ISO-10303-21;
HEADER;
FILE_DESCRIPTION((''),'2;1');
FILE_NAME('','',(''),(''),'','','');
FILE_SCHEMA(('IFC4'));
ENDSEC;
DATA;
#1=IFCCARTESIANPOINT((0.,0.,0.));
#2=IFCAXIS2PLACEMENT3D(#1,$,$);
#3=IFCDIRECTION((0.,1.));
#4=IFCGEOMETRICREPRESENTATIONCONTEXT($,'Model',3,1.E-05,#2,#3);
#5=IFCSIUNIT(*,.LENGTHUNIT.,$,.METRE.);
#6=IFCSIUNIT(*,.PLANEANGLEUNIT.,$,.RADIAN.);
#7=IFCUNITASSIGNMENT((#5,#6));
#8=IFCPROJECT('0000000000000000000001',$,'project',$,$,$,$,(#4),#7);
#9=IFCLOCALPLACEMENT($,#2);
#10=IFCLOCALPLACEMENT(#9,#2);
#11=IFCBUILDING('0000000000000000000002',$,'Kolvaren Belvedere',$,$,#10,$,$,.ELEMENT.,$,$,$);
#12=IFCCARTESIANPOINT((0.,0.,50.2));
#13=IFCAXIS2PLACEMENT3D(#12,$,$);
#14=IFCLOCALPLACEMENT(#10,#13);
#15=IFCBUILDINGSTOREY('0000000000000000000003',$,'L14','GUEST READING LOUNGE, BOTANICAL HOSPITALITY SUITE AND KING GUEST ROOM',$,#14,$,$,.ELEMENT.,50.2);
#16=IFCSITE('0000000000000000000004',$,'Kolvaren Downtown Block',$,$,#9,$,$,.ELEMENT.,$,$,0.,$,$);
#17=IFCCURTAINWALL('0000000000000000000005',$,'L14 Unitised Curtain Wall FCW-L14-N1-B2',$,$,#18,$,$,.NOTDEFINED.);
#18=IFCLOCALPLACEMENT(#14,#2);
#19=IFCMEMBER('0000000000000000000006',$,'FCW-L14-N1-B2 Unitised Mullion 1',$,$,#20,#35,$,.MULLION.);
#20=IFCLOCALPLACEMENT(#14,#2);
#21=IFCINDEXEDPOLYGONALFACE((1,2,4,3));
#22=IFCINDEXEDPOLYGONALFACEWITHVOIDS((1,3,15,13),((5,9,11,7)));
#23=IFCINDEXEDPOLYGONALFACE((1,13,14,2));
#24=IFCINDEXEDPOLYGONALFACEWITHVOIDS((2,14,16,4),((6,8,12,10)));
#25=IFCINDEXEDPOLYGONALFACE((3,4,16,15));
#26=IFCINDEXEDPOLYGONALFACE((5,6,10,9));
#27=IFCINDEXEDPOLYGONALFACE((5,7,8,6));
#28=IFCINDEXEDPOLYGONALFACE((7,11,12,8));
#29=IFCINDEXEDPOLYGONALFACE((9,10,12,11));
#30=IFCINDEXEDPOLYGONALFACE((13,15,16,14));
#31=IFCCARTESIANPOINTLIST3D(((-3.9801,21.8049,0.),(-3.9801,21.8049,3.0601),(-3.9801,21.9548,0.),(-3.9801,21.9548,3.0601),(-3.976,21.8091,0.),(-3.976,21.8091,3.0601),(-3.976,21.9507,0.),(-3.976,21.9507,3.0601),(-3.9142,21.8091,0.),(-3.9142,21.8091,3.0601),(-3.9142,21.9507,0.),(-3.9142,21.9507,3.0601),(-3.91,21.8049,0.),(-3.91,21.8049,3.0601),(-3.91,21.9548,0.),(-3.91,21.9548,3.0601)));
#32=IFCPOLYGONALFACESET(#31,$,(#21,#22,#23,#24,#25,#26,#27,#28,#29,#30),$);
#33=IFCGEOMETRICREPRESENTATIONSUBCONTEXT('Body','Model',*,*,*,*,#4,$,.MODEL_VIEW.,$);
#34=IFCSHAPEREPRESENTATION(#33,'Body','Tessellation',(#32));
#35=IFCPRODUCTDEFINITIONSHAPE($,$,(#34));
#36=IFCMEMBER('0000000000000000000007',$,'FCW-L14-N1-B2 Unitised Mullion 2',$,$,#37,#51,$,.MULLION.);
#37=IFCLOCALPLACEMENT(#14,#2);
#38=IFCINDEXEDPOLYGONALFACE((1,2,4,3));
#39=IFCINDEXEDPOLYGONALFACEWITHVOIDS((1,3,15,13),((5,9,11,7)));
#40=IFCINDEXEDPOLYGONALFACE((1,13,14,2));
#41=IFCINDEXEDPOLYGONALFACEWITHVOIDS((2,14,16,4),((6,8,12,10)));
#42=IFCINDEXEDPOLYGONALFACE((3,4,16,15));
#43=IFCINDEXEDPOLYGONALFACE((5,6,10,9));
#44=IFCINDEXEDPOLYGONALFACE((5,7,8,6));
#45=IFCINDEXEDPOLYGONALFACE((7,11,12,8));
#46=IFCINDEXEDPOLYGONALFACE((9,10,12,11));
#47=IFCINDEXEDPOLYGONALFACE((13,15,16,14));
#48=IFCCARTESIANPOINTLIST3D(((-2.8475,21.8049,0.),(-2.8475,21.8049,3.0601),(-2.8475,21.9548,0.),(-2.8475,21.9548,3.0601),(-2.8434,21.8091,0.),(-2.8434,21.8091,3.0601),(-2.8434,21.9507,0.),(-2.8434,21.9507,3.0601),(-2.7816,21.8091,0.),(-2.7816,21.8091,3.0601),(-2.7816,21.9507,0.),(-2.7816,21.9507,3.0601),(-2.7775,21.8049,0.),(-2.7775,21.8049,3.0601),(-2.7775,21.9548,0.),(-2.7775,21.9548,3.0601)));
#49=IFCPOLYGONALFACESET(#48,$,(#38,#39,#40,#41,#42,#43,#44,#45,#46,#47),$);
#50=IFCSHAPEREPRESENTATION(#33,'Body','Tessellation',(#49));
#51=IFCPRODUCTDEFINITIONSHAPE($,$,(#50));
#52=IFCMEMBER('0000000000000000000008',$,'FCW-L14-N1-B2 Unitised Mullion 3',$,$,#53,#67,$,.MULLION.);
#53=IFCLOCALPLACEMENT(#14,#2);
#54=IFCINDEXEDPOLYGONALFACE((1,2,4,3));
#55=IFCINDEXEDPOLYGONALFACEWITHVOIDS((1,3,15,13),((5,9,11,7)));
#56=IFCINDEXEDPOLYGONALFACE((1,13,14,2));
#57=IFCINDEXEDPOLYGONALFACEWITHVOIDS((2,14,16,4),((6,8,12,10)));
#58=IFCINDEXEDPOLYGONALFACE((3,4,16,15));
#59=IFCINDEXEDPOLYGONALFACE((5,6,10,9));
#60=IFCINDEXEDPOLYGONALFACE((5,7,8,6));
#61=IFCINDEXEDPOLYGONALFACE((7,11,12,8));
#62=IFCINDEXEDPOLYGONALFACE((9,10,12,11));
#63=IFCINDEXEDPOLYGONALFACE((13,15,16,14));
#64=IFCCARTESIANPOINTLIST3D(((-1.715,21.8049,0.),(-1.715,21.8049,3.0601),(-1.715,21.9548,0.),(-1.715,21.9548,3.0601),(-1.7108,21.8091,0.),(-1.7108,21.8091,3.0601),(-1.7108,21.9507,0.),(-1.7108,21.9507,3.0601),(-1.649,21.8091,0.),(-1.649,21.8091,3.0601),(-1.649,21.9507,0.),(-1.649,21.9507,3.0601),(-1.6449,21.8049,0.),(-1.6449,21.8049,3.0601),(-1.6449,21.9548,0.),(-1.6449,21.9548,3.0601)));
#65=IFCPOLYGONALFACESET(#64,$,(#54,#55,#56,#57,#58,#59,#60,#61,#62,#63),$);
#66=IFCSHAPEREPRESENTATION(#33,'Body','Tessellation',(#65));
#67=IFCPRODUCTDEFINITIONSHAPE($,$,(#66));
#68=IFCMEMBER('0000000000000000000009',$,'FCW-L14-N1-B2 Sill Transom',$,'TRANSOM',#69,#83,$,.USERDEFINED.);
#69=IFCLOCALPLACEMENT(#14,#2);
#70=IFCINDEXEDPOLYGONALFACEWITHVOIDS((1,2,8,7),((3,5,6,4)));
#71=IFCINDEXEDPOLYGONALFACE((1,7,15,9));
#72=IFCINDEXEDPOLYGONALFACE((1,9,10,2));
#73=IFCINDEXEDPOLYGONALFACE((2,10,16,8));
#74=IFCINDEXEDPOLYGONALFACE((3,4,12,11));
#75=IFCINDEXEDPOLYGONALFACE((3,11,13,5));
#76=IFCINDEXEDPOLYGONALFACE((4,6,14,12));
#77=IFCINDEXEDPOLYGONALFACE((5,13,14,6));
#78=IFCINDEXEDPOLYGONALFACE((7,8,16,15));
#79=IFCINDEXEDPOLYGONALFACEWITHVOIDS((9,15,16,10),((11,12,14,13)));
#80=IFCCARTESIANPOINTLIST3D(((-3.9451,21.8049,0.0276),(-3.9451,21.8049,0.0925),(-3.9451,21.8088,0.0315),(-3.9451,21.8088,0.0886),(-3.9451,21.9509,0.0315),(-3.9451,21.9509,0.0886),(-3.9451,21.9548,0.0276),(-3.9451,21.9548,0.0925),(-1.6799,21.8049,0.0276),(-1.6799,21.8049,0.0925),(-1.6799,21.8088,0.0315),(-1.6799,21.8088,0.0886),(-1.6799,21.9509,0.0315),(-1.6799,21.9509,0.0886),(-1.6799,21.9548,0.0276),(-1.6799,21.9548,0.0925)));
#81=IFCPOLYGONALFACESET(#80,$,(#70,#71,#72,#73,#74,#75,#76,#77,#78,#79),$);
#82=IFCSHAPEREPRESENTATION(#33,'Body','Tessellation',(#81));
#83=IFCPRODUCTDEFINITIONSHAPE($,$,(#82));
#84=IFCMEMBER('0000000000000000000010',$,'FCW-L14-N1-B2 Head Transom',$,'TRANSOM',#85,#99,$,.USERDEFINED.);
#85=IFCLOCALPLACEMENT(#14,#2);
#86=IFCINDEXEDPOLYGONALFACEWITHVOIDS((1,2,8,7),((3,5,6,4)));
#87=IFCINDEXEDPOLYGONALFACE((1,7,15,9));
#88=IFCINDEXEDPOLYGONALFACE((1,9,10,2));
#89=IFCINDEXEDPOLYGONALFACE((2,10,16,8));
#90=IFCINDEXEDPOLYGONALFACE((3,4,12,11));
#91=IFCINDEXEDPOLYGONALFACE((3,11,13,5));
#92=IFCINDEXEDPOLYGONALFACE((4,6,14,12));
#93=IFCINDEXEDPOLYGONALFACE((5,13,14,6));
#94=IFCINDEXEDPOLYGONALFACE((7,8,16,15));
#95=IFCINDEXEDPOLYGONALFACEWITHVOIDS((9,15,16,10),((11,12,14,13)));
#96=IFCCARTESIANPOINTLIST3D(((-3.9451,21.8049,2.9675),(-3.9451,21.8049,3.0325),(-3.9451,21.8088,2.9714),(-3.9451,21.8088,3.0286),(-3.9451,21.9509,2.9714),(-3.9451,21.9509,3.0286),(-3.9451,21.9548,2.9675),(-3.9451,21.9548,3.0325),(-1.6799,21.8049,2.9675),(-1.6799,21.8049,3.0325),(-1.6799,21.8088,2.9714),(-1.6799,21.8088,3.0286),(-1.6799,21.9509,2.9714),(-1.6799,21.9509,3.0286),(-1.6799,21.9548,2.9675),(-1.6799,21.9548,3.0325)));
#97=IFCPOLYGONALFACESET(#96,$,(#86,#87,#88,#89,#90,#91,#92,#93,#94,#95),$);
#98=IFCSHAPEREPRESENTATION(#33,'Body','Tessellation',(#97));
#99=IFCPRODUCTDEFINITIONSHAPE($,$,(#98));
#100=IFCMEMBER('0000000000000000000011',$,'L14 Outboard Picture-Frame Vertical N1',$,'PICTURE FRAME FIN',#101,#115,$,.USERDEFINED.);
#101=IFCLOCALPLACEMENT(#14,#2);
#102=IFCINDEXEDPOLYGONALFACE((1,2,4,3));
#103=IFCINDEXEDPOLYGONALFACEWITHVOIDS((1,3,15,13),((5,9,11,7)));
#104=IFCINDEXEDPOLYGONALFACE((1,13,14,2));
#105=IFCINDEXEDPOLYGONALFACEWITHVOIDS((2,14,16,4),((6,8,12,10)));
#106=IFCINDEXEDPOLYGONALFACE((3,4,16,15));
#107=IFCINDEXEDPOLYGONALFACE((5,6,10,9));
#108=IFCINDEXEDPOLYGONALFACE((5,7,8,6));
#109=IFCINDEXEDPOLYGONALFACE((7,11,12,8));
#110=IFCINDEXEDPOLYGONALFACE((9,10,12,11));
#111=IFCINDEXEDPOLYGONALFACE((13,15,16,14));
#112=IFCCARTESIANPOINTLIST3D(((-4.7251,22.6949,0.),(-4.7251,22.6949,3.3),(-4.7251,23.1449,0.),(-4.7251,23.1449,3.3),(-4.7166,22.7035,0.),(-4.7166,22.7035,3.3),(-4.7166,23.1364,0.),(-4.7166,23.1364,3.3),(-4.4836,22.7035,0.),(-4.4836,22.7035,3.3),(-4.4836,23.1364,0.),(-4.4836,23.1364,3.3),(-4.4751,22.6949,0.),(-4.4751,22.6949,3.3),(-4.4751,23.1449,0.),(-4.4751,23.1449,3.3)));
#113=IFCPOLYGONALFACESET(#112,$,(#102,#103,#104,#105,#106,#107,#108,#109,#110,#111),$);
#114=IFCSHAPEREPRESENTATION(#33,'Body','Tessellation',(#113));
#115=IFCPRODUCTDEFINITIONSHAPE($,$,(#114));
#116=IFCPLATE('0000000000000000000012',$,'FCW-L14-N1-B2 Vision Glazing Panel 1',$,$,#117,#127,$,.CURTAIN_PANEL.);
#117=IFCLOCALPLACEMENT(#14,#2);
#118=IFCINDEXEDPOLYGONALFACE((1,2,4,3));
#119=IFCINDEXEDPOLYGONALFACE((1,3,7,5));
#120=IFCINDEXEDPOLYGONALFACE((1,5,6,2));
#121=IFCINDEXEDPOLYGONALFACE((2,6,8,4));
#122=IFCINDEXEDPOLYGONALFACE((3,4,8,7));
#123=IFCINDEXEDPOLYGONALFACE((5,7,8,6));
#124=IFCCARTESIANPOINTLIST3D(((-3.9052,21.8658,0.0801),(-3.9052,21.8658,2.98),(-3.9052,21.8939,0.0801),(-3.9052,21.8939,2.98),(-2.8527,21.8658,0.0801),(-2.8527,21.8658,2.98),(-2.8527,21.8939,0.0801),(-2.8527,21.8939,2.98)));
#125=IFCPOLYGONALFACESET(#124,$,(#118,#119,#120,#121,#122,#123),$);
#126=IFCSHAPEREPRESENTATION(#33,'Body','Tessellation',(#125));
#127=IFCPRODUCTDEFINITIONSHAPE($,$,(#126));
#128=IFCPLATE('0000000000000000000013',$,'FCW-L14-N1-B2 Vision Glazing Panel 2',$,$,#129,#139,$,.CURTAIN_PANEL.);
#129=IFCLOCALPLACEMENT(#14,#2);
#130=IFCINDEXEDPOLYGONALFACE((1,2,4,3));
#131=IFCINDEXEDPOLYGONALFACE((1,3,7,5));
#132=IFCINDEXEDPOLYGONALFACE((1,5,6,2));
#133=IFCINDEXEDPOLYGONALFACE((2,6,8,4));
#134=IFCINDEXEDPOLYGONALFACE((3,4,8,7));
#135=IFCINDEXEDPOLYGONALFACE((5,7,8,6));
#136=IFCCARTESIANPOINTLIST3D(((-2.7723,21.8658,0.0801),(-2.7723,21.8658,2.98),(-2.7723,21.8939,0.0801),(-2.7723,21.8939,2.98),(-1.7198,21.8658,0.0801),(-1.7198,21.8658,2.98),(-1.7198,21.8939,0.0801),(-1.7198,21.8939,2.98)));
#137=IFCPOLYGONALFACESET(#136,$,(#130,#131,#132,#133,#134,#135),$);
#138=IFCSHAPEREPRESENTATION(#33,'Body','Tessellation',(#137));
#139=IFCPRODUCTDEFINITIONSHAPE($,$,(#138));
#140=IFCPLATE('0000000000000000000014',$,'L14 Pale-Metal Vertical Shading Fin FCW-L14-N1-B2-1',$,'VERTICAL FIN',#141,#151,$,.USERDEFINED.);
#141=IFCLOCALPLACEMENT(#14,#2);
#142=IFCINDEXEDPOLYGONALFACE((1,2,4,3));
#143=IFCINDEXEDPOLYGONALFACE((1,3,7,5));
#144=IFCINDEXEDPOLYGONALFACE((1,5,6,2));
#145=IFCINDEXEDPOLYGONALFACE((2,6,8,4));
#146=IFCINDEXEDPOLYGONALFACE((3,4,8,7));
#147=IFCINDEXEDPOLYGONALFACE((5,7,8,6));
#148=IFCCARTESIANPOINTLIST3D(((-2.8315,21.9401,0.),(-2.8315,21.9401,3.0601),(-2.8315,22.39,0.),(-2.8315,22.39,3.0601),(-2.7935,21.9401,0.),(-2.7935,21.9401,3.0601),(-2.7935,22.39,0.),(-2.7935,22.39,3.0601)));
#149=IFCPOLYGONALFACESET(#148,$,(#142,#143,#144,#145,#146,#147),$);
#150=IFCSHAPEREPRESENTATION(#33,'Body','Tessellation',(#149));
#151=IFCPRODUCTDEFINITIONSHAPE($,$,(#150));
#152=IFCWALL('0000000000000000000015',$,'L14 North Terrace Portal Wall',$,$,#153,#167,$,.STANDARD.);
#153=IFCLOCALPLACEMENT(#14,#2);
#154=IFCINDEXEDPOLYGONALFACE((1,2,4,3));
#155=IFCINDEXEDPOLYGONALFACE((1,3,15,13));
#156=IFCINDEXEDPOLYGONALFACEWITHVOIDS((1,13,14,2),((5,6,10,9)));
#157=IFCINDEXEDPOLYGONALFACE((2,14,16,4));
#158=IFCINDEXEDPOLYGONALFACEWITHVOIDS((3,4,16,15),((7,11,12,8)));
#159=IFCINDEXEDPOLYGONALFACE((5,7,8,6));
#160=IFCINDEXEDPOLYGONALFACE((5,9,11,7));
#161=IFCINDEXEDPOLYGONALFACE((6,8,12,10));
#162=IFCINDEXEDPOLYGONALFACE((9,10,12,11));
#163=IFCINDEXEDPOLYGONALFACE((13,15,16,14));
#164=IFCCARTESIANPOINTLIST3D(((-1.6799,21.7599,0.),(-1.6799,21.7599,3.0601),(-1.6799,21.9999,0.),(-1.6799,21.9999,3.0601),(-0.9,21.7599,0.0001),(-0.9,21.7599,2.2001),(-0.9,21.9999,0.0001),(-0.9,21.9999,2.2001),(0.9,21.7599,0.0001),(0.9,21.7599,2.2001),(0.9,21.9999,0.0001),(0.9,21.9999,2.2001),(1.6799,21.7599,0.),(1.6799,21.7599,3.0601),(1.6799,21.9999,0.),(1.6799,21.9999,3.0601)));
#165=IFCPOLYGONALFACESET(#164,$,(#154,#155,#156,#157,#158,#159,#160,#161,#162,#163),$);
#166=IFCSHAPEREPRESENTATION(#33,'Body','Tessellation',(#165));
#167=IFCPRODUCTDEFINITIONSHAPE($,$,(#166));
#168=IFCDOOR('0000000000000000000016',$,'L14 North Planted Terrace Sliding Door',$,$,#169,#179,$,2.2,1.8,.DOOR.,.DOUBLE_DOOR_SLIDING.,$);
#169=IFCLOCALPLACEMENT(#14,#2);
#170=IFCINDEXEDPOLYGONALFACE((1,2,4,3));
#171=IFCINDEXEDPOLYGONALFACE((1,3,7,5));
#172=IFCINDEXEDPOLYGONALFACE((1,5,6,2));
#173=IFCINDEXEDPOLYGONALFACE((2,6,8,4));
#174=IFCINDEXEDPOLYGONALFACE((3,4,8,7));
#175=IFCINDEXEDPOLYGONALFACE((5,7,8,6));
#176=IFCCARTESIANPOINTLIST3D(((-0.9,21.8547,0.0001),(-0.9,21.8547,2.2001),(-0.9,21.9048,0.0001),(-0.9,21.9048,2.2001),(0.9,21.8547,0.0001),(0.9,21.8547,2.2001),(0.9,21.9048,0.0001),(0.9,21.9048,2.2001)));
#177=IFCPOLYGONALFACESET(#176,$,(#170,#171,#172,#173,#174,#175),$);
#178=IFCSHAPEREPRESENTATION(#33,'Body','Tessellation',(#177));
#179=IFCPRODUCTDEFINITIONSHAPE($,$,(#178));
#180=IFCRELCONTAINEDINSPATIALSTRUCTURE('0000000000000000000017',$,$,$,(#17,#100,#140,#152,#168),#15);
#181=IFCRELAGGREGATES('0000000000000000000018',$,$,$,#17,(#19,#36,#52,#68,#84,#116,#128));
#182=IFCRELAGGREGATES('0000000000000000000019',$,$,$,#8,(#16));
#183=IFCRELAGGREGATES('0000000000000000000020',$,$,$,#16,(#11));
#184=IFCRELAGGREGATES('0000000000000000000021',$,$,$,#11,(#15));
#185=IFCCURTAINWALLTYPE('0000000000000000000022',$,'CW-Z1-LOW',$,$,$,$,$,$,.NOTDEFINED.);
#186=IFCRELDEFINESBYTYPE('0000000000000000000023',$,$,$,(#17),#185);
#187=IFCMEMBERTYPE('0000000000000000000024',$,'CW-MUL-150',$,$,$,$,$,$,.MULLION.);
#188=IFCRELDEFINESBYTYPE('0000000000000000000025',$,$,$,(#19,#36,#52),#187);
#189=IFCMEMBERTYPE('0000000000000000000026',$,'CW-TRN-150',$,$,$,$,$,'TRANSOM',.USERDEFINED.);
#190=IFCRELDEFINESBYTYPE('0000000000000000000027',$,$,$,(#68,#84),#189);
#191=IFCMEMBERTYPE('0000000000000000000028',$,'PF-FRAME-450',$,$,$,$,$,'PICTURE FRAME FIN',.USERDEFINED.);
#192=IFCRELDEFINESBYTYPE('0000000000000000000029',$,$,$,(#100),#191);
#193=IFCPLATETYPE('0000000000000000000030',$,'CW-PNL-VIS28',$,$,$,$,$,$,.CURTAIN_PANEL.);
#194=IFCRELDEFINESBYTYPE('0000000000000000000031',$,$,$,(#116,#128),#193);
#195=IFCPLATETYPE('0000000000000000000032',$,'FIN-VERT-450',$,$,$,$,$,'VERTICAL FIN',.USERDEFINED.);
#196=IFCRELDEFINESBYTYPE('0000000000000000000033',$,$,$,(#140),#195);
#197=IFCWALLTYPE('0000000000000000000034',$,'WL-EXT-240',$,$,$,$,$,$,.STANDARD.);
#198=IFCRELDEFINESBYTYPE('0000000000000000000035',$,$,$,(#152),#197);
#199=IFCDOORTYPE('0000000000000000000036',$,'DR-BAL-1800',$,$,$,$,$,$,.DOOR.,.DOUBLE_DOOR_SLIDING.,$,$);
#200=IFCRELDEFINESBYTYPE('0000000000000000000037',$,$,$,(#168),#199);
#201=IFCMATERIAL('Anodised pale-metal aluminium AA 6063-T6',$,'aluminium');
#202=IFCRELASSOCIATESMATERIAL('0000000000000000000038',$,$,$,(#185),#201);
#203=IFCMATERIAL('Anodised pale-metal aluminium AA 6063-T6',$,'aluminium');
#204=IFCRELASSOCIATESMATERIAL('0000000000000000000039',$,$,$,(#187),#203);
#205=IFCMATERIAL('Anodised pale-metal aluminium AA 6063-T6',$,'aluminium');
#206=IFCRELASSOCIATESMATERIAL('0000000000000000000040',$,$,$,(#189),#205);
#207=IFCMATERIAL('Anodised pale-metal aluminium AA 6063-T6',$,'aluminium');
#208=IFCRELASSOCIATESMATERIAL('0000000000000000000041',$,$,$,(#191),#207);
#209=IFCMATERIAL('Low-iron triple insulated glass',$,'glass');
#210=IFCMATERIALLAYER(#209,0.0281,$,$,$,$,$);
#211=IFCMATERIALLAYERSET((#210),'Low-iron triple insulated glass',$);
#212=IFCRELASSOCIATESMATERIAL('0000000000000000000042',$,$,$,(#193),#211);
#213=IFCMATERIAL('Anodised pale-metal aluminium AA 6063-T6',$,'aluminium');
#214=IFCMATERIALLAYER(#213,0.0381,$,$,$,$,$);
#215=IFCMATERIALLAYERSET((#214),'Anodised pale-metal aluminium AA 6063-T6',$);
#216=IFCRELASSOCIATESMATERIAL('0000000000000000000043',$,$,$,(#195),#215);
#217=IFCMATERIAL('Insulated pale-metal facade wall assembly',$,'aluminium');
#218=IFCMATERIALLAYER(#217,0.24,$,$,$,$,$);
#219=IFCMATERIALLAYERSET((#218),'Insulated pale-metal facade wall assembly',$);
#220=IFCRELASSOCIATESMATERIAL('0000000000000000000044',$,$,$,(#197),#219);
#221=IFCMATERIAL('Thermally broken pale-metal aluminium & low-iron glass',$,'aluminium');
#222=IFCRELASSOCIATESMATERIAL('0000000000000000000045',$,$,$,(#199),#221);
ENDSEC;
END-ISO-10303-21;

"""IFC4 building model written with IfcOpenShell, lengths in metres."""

from ifc_helpers import new_model, si_unit, direction, frame, frame_2d, origin, origin_2d, place, context, subcontext, project, spatial, rectangle, hollow_rectangle, extrude, material, layer, layer_set, material_profile, profile_set, type_object, element, fill, aggregate, save


model = new_model("IFC4")

# Units and contexts
model_context = context("Model", 3, precision=1e-05, world=origin(), true_north=direction((0.0, 1.0)))
body_context = subcontext(model_context, "Body", "Model", "MODEL_VIEW")
ifc_project = project(units=[si_unit("LENGTHUNIT", "METRE"), si_unit("PLANEANGLEUNIT", "RADIAN")], contexts=[model_context])

# Site, building, storey
site_placement = place(None, origin())
site = spatial("IfcSite", under=ifc_project, at=site_placement, Name="Kolvaren Downtown Block", CompositionType="ELEMENT", RefElevation=0.0)
building_placement = place(site_placement, origin())
building = spatial("IfcBuilding", under=site, at=building_placement, Name="Kolvaren Belvedere", CompositionType="ELEMENT")
storey_placement = place(building_placement, frame((0.0, 0.0, 50.2)))
storey = spatial("IfcBuildingStorey", under=building, at=storey_placement, Name="L14", Description="GUEST READING LOUNGE, BOTANICAL HOSPITALITY SUITE AND KING GUEST ROOM", CompositionType="ELEMENT", Elevation=50.2)

# Shared definitions
ifc_material_1 = material(Name="Anodised pale-metal aluminium AA 6063-T6", Category="aluminium")
curtain_wall_type = type_object("IfcCurtainWallType", Name="CW-Z1-LOW", PredefinedType="NOTDEFINED", material=ifc_material_1)
ifc_material_2 = material(Name="Anodised pale-metal aluminium AA 6063-T6", Category="aluminium")
ifc_material_profile_1 = material_profile(ifc_material_2, hollow_rectangle(XDim=0.0701, YDim=0.1499, WallThickness=0.0042, at=origin_2d()), Name="ALU-MUL-150X70")
ifc_profile_set_1 = profile_set([ifc_material_profile_1], Name="Anodised pale-metal aluminium AA 6063-T6")
member_type_1 = type_object("IfcMemberType", Name="CW-MUL-150", PredefinedType="MULLION", material=ifc_profile_set_1)

# Curtain wall, members
curtain_wall_1_placement = place(storey_placement, origin())
curtain_wall_1 = element("IfcCurtainWall", 1, at=curtain_wall_1_placement, inside=storey, type_object=curtain_wall_type, Name="L14 Unitised Curtain Wall FCW-L14-N1-B2", PredefinedType="NOTDEFINED")
member_1_placement = place(storey_placement, frame((-3.9451, 21.8799, 0.0), z_axis=(0.0, 0.0, 1.0), x_axis=(1.0, 0.0, 0.0)))
member_1 = element("IfcMember", 2, at=member_1_placement, type_object=member_type_1, Name="FCW-L14-N1-B2 Unitised Mullion 1", PredefinedType="MULLION", context=body_context, shape_type="SweptSolid", body=[
    extrude(hollow_rectangle(XDim=0.0701, YDim=0.1499, WallThickness=0.0042, at=origin_2d()), origin(), (0.0, 0.0, 1.0), 3.0601),
])
member_2_placement = place(storey_placement, frame((-2.8125, 21.8799, 0.0), z_axis=(0.0, 0.0, 1.0), x_axis=(1.0, 0.0, 0.0)))
member_2 = element("IfcMember", 3, at=member_2_placement, type_object=member_type_1, Name="FCW-L14-N1-B2 Unitised Mullion 2", PredefinedType="MULLION", context=body_context, shape_type="SweptSolid", body=[
    extrude(hollow_rectangle(XDim=0.0701, YDim=0.1499, WallThickness=0.0042, at=origin_2d()), origin(), (0.0, 0.0, 1.0), 3.0601),
])
member_3_placement = place(storey_placement, frame((-1.6799, 21.8799, 0.0), z_axis=(0.0, 0.0, 1.0), x_axis=(1.0, 0.0, 0.0)))
member_3 = element("IfcMember", 4, at=member_3_placement, type_object=member_type_1, Name="FCW-L14-N1-B2 Unitised Mullion 3", PredefinedType="MULLION", context=body_context, shape_type="SweptSolid", body=[
    extrude(hollow_rectangle(XDim=0.0701, YDim=0.1499, WallThickness=0.0042, at=origin_2d()), origin(), (0.0, 0.0, 1.0), 3.0601),
])
ifc_material_3 = material(Name="Anodised pale-metal aluminium AA 6063-T6", Category="aluminium")
ifc_material_profile_2 = material_profile(ifc_material_3, hollow_rectangle(XDim=0.0649, YDim=0.1499, WallThickness=0.0039, at=origin_2d()), Name="ALU-TRN-150X65")
ifc_profile_set_2 = profile_set([ifc_material_profile_2], Name="Anodised pale-metal aluminium AA 6063-T6")
member_type_2 = type_object("IfcMemberType", Name="CW-TRN-150", ElementType="TRANSOM", PredefinedType="USERDEFINED", material=ifc_profile_set_2)
member_4_placement = place(storey_placement, frame((-3.9451, 21.8799, 0.0601), z_axis=(1.0, 0.0, 0.0), x_axis=(0.0, 0.0, 1.0)))
member_4 = element("IfcMember", 5, at=member_4_placement, type_object=member_type_2, Name="FCW-L14-N1-B2 Sill Transom", ObjectType="TRANSOM", PredefinedType="USERDEFINED", context=body_context, shape_type="SweptSolid", body=[
    extrude(hollow_rectangle(XDim=0.0649, YDim=0.1499, WallThickness=0.0039, at=origin_2d()), origin(), (0.0, 0.0, 1.0), 2.2651),
])
member_5_placement = place(storey_placement, frame((-3.9451, 21.8799, 3.0), z_axis=(1.0, 0.0, 0.0), x_axis=(0.0, 0.0, 1.0)))
member_5 = element("IfcMember", 6, at=member_5_placement, type_object=member_type_2, Name="FCW-L14-N1-B2 Head Transom", ObjectType="TRANSOM", PredefinedType="USERDEFINED", context=body_context, shape_type="SweptSolid", body=[
    extrude(hollow_rectangle(XDim=0.0649, YDim=0.1499, WallThickness=0.0039, at=origin_2d()), origin(), (0.0, 0.0, 1.0), 2.2651),
])

# Member
ifc_material_4 = material(Name="Anodised pale-metal aluminium AA 6063-T6", Category="aluminium")
ifc_material_profile_3 = material_profile(ifc_material_4, hollow_rectangle(XDim=0.25, YDim=0.45, WallThickness=0.0085, at=origin_2d()), Name="ALU-PF-450X250")
ifc_profile_set_3 = profile_set([ifc_material_profile_3], Name="Anodised pale-metal aluminium AA 6063-T6")
member_type_3 = type_object("IfcMemberType", Name="PF-FRAME-450", ElementType="PICTURE FRAME FIN", PredefinedType="USERDEFINED", material=ifc_profile_set_3)
member_6_placement = place(storey_placement, frame((-4.6001, 22.9199, 0.0), z_axis=(0.0, 0.0, 1.0), x_axis=(1.0, 0.0, 0.0)))
element("IfcMember", 7, at=member_6_placement, inside=storey, type_object=member_type_3, Name="L14 Outboard Picture-Frame Vertical N1", ObjectType="PICTURE FRAME FIN", PredefinedType="USERDEFINED", context=body_context, shape_type="SweptSolid", body=[
    extrude(hollow_rectangle(XDim=0.25, YDim=0.45, WallThickness=0.0085, at=origin_2d()), origin(), (0.0, 0.0, 1.0), 3.3),
])

# Plates
ifc_material_5 = material(Name="Low-iron triple insulated glass", Category="glass")
ifc_layer_1 = layer(ifc_material_5, 0.0281)
ifc_layer_set_1 = layer_set([ifc_layer_1], Name="Low-iron triple insulated glass")
plate_type_1 = type_object("IfcPlateType", Name="CW-PNL-VIS28", PredefinedType="CURTAIN_PANEL", material=ifc_layer_set_1)
plate_1_placement = place(storey_placement, frame((-3.3789, 21.8799, 0.0801), z_axis=(0.0, 0.0, 1.0), x_axis=(1.0, 0.0, 0.0)))
plate_1 = element("IfcPlate", 8, at=plate_1_placement, type_object=plate_type_1, Name="FCW-L14-N1-B2 Vision Glazing Panel 1", PredefinedType="CURTAIN_PANEL", context=body_context, shape_type="SweptSolid", body=[
    extrude(rectangle(XDim=1.0525, YDim=0.0281, at=origin_2d()), origin(), (0.0, 0.0, 1.0), 2.8999),
])
plate_2_placement = place(storey_placement, frame((-2.2461, 21.8799, 0.0801), z_axis=(0.0, 0.0, 1.0), x_axis=(1.0, 0.0, 0.0)))
plate_2 = element("IfcPlate", 9, at=plate_2_placement, type_object=plate_type_1, Name="FCW-L14-N1-B2 Vision Glazing Panel 2", PredefinedType="CURTAIN_PANEL", context=body_context, shape_type="SweptSolid", body=[
    extrude(rectangle(XDim=1.0525, YDim=0.0281, at=origin_2d()), origin(), (0.0, 0.0, 1.0), 2.8999),
])
aggregate(curtain_wall_1, [member_1, member_2, member_3, member_4, member_5, plate_1, plate_2])
ifc_material_6 = material(Name="Anodised pale-metal aluminium AA 6063-T6", Category="aluminium")
ifc_layer_2 = layer(ifc_material_6, 0.0381)
ifc_layer_set_2 = layer_set([ifc_layer_2], Name="Anodised pale-metal aluminium AA 6063-T6")
plate_type_2 = type_object("IfcPlateType", Name="FIN-VERT-450", ElementType="VERTICAL FIN", PredefinedType="USERDEFINED", material=ifc_layer_set_2)
plate_3_placement = place(storey_placement, frame((-2.8125, 22.165, 0.0), z_axis=(0.0, 0.0, 1.0), x_axis=(0.0, 1.0, 0.0)))
element("IfcPlate", 10, at=plate_3_placement, inside=storey, type_object=plate_type_2, Name="L14 Pale-Metal Vertical Shading Fin FCW-L14-N1-B2-1", ObjectType="VERTICAL FIN", PredefinedType="USERDEFINED", context=body_context, shape_type="SweptSolid", body=[
    extrude(rectangle(XDim=0.45, YDim=0.0381, at=origin_2d()), origin(), (0.0, 0.0, 1.0), 3.0601),
])

# Wall, opening, door
ifc_material_7 = material(Name="Insulated pale-metal facade wall assembly", Category="aluminium")
ifc_layer_3 = layer(ifc_material_7, 0.24)
ifc_layer_set_3 = layer_set([ifc_layer_3], Name="Insulated pale-metal facade wall assembly")
wall_type_1 = type_object("IfcWallType", Name="WL-EXT-240", PredefinedType="STANDARD", material=ifc_layer_set_3)
wall_1_placement = place(storey_placement, frame((-1.6799, 21.8799, 0.0), z_axis=(0.0, 0.0, 1.0), x_axis=(1.0, 0.0, 0.0)))
wall_1 = element("IfcWall", 11, at=wall_1_placement, inside=storey, type_object=wall_type_1, Name="L14 North Terrace Portal Wall", PredefinedType="STANDARD", context=body_context, shape_type="SweptSolid", body=[
    extrude(rectangle(XDim=3.3599, YDim=0.24, at=frame_2d((1.6799, 0.0))), origin(), (0.0, 0.0, 1.0), 3.0601),
])
opening_1_placement = place(wall_1_placement, frame((0.78, 0.0, 0.0)))
opening_1 = element("IfcOpeningElement", 12, at=opening_1_placement, cuts=wall_1, PredefinedType="OPENING", context=body_context, shape_type="SweptSolid", body=[
    extrude(rectangle(XDim=1.8, YDim=2.2, at=frame_2d((0.8999, 1.1001))), frame((0.0, 0.1299, 0.0), z_axis=(0.0, -1.0, 0.0), x_axis=(1.0, 0.0, 0.0)), (0.0, 0.0, 1.0), 0.26),
])
ifc_material_8 = material(Name="Thermally broken pale-metal aluminium & low-iron glass", Category="aluminium")
door_type_1 = type_object("IfcDoorType", Name="DR-BAL-1800", OperationType="DOUBLE_DOOR_SLIDING", PredefinedType="DOOR", material=ifc_material_8)
door_1_placement = place(opening_1_placement, origin())
door_1 = element("IfcDoor", 13, at=door_1_placement, inside=storey, type_object=door_type_1, Name="L14 North Planted Terrace Sliding Door", OperationType="DOUBLE_DOOR_SLIDING", OverallHeight=2.2, OverallWidth=1.8, PredefinedType="DOOR", context=body_context, shape_type="SweptSolid", body=[
    extrude(rectangle(XDim=1.8, YDim=2.2, at=frame_2d((0.8999, 1.1001))), frame((0.0, 0.0249, 0.0), z_axis=(0.0, -1.0, 0.0), x_axis=(1.0, 0.0, 0.0)), (0.0, 0.0, 1.0), 0.05),
])
fill(opening_1, door_1)

save(model, "model.ifc")
